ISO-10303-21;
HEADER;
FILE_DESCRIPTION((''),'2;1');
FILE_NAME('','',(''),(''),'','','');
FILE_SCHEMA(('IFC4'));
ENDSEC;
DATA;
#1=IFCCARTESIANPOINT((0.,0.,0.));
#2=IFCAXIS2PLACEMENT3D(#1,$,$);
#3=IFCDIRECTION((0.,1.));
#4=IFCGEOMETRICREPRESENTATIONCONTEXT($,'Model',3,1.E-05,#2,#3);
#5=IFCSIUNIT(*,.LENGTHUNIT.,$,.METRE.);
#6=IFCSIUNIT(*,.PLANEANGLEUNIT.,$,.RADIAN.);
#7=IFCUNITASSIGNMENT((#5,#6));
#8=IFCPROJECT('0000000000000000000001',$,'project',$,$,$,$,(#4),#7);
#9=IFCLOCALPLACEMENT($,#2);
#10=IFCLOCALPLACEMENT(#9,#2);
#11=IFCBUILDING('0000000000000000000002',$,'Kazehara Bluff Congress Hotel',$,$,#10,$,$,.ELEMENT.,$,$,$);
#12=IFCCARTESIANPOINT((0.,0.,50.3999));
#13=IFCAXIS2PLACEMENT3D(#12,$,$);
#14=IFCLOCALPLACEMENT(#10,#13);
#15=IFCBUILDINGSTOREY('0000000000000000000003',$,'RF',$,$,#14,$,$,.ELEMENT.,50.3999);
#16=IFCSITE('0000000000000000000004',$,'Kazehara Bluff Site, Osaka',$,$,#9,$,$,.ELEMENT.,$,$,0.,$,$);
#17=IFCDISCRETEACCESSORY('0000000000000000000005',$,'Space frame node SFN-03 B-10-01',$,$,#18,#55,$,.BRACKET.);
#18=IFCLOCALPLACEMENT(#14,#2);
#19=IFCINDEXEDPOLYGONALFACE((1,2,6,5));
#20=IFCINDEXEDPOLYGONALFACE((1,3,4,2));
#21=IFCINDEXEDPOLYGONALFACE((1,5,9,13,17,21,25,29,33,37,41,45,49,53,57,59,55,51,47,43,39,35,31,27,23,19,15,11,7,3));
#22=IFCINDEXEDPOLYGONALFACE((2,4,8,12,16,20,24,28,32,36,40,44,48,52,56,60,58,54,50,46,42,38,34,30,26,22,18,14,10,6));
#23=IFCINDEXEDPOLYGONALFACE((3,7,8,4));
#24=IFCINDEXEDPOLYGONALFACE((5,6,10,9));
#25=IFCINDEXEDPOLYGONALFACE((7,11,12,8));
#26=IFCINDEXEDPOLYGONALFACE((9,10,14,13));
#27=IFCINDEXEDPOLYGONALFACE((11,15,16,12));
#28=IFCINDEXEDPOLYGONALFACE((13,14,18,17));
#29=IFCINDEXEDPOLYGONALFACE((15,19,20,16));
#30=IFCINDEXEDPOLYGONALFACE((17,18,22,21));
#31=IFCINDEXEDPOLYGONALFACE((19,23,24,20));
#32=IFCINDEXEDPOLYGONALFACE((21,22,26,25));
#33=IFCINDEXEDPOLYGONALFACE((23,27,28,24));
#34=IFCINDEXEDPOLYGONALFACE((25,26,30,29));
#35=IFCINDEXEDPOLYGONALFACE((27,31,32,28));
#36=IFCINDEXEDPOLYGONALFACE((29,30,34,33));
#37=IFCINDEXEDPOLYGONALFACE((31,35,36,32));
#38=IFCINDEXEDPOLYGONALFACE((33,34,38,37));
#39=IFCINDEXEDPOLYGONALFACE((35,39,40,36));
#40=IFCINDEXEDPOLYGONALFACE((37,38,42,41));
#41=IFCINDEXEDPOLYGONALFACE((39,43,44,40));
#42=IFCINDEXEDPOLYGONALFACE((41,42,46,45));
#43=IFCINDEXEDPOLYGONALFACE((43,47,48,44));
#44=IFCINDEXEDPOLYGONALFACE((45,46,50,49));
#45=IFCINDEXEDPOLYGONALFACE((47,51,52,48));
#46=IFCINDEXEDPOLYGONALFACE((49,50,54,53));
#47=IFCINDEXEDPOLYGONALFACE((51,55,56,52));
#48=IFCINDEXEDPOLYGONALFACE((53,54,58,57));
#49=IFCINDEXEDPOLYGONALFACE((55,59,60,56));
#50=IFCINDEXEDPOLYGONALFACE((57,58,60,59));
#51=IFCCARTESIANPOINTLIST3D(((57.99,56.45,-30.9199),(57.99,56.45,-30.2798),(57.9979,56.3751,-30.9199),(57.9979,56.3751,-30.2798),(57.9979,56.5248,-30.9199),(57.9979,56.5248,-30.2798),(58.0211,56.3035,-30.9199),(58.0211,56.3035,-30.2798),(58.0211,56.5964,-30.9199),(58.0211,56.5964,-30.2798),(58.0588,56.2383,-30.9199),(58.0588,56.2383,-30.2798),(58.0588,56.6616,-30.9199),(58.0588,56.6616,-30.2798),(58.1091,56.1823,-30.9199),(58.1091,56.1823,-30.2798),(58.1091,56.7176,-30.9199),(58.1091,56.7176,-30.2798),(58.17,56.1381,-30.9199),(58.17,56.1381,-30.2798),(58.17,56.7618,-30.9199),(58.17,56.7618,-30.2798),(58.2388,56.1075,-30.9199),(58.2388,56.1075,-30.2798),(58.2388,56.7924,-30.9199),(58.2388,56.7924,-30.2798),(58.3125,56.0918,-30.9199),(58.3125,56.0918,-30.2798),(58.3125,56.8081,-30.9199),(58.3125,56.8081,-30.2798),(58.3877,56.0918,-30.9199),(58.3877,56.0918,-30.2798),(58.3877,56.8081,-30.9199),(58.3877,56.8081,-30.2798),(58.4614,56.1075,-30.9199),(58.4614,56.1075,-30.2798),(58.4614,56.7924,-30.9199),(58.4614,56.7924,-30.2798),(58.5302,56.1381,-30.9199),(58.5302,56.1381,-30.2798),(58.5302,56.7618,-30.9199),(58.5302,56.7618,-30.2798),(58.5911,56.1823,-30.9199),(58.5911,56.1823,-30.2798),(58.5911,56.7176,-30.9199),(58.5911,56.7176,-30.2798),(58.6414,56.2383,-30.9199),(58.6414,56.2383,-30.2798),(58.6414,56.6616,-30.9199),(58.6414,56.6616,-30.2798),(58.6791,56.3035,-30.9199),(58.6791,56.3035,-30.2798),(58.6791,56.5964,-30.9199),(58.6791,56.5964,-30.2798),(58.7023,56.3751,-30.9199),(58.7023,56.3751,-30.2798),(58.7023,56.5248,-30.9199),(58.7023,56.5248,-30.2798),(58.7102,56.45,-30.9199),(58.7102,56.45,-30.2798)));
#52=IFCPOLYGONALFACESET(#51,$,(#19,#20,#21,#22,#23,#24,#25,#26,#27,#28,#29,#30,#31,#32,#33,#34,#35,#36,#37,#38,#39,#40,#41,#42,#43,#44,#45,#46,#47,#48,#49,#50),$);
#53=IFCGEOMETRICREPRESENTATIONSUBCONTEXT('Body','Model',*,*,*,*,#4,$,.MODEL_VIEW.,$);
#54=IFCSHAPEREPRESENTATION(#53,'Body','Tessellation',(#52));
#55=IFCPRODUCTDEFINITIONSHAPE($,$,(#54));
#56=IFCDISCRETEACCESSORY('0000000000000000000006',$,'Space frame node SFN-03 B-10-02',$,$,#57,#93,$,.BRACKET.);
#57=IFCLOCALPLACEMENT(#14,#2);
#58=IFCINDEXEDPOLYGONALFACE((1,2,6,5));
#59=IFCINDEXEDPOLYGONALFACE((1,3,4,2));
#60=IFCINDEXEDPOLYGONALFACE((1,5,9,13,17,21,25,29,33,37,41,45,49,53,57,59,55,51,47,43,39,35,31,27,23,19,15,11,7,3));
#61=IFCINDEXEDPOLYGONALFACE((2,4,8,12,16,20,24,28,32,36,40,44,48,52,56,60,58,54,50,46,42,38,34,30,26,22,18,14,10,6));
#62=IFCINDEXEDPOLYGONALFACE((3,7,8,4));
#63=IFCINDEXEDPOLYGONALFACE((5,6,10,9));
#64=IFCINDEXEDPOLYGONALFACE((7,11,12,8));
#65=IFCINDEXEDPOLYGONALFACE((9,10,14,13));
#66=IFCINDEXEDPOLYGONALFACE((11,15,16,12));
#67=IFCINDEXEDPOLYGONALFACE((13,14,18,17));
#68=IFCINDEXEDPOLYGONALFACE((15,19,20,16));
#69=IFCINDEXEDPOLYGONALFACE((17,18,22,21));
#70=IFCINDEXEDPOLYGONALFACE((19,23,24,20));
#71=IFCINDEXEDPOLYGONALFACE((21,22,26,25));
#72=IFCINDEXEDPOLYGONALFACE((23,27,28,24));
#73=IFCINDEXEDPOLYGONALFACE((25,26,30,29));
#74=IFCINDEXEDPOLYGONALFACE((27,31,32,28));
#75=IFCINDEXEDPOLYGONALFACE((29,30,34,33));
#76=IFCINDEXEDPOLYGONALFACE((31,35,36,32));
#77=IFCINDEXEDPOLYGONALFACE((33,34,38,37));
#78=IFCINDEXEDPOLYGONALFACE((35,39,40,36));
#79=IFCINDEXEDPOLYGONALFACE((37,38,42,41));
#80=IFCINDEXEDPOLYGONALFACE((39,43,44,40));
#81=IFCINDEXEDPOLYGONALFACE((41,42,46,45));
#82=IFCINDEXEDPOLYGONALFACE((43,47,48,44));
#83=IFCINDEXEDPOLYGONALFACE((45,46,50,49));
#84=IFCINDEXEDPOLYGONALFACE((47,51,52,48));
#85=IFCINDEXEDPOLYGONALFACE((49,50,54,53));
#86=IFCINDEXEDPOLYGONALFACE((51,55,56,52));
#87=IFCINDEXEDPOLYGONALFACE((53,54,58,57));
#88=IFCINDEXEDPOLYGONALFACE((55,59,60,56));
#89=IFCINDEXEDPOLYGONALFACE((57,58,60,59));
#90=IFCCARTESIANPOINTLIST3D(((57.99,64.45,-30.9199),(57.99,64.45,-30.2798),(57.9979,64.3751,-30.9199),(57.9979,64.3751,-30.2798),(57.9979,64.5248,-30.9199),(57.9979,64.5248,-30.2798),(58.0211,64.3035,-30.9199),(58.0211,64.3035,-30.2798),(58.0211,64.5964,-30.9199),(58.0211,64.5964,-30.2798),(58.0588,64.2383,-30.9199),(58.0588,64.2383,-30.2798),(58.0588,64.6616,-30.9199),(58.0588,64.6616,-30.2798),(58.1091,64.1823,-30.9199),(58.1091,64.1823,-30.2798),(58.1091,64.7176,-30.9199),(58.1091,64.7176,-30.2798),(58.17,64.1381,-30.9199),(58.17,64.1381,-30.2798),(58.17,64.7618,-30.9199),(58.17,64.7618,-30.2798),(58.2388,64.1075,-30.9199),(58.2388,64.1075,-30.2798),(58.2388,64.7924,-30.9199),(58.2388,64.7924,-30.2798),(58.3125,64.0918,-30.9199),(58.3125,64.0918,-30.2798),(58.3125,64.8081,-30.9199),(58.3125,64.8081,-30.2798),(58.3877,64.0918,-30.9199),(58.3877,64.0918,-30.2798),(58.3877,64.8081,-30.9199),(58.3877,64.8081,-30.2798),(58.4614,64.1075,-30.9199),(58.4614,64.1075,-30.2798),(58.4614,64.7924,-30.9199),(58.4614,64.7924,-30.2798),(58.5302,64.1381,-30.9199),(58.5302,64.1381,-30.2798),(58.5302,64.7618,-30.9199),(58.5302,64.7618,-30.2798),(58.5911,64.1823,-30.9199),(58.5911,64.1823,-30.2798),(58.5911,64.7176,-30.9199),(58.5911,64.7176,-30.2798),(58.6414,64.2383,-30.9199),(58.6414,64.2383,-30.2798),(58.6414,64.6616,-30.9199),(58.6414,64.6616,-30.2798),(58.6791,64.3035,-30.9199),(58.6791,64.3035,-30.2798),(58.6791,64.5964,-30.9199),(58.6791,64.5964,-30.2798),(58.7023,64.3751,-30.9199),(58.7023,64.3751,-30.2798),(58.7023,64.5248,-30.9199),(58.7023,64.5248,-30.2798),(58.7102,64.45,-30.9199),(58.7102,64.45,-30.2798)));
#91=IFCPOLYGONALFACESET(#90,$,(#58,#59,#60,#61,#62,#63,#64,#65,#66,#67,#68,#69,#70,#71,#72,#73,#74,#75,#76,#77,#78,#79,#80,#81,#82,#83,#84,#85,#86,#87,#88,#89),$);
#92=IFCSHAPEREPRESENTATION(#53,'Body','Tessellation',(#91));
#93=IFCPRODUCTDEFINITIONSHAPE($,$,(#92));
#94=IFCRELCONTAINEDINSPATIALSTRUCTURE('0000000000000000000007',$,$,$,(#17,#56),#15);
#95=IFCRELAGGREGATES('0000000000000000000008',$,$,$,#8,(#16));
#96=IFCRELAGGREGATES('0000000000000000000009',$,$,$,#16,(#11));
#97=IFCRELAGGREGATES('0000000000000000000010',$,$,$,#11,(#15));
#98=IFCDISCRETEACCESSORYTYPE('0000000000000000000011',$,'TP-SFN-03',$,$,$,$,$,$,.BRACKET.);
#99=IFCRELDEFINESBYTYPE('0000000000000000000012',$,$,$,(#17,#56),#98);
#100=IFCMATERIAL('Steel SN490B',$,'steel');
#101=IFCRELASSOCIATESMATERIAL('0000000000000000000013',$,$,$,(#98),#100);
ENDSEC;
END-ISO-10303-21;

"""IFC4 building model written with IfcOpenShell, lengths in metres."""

from ifc_helpers import new_model, si_unit, direction, frame, origin, origin_2d, place, context, subcontext, project, spatial, circle, extrude, material, material_profile, profile_set, type_object, element, save


model = new_model("IFC4")

# Units and contexts
model_context = context("Model", 3, precision=1e-05, world=origin(), true_north=direction((0.0, 1.0)))
body_context = subcontext(model_context, "Body", "Model", "MODEL_VIEW")
ifc_project = project(units=[si_unit("LENGTHUNIT", "METRE"), si_unit("PLANEANGLEUNIT", "RADIAN")], contexts=[model_context])

# Site, building, storey
site_placement = place(None, origin())
site = spatial("IfcSite", under=ifc_project, at=site_placement, Name="Kazehara Bluff Site, Osaka", CompositionType="ELEMENT", RefElevation=0.0)
building_placement = place(site_placement, origin())
building = spatial("IfcBuilding", under=site, at=building_placement, Name="Kazehara Bluff Congress Hotel", CompositionType="ELEMENT")
storey_placement = place(building_placement, frame((0.0, 0.0, 50.3999)))
storey = spatial("IfcBuildingStorey", under=building, at=storey_placement, Name="RF", CompositionType="ELEMENT", Elevation=50.3999)

# Discrete accessories
ifc_material_1 = material(Name="Steel SN490B", Category="steel")
ifc_material_profile_1 = material_profile(ifc_material_1, circle(Radius=0.3601, at=origin_2d()))
ifc_profile_set_1 = profile_set([ifc_material_profile_1], Name="Steel SN490B")
discrete_accessory_type_1 = type_object("IfcDiscreteAccessoryType", Name="TP-SFN-03", PredefinedType="BRACKET", material=ifc_profile_set_1)
for number, where, z_axis, x_axis, name in (
    (1, (58.3501, 56.45, -30.9199), (0.0, 0.0, 1.0), (1.0, 0.0, 0.0), "Space frame node SFN-03 B-10-01"),
    (2, (58.3501, 64.45, -30.9199), (0.0, 0.0, 1.0), (1.0, 0.0, 0.0), "Space frame node SFN-03 B-10-02"),
):
    element("IfcDiscreteAccessory", number, at=place(storey_placement, frame(where, z_axis=z_axis, x_axis=x_axis)), inside=storey, type_object=discrete_accessory_type_1, Name=name, PredefinedType="BRACKET", context=body_context, shape_type="SweptSolid", body=[
        extrude(circle(Radius=0.3601, at=origin_2d()), origin(), (0.0, 0.0, 1.0), 0.6401),
    ])

save(model, "model.ifc")
